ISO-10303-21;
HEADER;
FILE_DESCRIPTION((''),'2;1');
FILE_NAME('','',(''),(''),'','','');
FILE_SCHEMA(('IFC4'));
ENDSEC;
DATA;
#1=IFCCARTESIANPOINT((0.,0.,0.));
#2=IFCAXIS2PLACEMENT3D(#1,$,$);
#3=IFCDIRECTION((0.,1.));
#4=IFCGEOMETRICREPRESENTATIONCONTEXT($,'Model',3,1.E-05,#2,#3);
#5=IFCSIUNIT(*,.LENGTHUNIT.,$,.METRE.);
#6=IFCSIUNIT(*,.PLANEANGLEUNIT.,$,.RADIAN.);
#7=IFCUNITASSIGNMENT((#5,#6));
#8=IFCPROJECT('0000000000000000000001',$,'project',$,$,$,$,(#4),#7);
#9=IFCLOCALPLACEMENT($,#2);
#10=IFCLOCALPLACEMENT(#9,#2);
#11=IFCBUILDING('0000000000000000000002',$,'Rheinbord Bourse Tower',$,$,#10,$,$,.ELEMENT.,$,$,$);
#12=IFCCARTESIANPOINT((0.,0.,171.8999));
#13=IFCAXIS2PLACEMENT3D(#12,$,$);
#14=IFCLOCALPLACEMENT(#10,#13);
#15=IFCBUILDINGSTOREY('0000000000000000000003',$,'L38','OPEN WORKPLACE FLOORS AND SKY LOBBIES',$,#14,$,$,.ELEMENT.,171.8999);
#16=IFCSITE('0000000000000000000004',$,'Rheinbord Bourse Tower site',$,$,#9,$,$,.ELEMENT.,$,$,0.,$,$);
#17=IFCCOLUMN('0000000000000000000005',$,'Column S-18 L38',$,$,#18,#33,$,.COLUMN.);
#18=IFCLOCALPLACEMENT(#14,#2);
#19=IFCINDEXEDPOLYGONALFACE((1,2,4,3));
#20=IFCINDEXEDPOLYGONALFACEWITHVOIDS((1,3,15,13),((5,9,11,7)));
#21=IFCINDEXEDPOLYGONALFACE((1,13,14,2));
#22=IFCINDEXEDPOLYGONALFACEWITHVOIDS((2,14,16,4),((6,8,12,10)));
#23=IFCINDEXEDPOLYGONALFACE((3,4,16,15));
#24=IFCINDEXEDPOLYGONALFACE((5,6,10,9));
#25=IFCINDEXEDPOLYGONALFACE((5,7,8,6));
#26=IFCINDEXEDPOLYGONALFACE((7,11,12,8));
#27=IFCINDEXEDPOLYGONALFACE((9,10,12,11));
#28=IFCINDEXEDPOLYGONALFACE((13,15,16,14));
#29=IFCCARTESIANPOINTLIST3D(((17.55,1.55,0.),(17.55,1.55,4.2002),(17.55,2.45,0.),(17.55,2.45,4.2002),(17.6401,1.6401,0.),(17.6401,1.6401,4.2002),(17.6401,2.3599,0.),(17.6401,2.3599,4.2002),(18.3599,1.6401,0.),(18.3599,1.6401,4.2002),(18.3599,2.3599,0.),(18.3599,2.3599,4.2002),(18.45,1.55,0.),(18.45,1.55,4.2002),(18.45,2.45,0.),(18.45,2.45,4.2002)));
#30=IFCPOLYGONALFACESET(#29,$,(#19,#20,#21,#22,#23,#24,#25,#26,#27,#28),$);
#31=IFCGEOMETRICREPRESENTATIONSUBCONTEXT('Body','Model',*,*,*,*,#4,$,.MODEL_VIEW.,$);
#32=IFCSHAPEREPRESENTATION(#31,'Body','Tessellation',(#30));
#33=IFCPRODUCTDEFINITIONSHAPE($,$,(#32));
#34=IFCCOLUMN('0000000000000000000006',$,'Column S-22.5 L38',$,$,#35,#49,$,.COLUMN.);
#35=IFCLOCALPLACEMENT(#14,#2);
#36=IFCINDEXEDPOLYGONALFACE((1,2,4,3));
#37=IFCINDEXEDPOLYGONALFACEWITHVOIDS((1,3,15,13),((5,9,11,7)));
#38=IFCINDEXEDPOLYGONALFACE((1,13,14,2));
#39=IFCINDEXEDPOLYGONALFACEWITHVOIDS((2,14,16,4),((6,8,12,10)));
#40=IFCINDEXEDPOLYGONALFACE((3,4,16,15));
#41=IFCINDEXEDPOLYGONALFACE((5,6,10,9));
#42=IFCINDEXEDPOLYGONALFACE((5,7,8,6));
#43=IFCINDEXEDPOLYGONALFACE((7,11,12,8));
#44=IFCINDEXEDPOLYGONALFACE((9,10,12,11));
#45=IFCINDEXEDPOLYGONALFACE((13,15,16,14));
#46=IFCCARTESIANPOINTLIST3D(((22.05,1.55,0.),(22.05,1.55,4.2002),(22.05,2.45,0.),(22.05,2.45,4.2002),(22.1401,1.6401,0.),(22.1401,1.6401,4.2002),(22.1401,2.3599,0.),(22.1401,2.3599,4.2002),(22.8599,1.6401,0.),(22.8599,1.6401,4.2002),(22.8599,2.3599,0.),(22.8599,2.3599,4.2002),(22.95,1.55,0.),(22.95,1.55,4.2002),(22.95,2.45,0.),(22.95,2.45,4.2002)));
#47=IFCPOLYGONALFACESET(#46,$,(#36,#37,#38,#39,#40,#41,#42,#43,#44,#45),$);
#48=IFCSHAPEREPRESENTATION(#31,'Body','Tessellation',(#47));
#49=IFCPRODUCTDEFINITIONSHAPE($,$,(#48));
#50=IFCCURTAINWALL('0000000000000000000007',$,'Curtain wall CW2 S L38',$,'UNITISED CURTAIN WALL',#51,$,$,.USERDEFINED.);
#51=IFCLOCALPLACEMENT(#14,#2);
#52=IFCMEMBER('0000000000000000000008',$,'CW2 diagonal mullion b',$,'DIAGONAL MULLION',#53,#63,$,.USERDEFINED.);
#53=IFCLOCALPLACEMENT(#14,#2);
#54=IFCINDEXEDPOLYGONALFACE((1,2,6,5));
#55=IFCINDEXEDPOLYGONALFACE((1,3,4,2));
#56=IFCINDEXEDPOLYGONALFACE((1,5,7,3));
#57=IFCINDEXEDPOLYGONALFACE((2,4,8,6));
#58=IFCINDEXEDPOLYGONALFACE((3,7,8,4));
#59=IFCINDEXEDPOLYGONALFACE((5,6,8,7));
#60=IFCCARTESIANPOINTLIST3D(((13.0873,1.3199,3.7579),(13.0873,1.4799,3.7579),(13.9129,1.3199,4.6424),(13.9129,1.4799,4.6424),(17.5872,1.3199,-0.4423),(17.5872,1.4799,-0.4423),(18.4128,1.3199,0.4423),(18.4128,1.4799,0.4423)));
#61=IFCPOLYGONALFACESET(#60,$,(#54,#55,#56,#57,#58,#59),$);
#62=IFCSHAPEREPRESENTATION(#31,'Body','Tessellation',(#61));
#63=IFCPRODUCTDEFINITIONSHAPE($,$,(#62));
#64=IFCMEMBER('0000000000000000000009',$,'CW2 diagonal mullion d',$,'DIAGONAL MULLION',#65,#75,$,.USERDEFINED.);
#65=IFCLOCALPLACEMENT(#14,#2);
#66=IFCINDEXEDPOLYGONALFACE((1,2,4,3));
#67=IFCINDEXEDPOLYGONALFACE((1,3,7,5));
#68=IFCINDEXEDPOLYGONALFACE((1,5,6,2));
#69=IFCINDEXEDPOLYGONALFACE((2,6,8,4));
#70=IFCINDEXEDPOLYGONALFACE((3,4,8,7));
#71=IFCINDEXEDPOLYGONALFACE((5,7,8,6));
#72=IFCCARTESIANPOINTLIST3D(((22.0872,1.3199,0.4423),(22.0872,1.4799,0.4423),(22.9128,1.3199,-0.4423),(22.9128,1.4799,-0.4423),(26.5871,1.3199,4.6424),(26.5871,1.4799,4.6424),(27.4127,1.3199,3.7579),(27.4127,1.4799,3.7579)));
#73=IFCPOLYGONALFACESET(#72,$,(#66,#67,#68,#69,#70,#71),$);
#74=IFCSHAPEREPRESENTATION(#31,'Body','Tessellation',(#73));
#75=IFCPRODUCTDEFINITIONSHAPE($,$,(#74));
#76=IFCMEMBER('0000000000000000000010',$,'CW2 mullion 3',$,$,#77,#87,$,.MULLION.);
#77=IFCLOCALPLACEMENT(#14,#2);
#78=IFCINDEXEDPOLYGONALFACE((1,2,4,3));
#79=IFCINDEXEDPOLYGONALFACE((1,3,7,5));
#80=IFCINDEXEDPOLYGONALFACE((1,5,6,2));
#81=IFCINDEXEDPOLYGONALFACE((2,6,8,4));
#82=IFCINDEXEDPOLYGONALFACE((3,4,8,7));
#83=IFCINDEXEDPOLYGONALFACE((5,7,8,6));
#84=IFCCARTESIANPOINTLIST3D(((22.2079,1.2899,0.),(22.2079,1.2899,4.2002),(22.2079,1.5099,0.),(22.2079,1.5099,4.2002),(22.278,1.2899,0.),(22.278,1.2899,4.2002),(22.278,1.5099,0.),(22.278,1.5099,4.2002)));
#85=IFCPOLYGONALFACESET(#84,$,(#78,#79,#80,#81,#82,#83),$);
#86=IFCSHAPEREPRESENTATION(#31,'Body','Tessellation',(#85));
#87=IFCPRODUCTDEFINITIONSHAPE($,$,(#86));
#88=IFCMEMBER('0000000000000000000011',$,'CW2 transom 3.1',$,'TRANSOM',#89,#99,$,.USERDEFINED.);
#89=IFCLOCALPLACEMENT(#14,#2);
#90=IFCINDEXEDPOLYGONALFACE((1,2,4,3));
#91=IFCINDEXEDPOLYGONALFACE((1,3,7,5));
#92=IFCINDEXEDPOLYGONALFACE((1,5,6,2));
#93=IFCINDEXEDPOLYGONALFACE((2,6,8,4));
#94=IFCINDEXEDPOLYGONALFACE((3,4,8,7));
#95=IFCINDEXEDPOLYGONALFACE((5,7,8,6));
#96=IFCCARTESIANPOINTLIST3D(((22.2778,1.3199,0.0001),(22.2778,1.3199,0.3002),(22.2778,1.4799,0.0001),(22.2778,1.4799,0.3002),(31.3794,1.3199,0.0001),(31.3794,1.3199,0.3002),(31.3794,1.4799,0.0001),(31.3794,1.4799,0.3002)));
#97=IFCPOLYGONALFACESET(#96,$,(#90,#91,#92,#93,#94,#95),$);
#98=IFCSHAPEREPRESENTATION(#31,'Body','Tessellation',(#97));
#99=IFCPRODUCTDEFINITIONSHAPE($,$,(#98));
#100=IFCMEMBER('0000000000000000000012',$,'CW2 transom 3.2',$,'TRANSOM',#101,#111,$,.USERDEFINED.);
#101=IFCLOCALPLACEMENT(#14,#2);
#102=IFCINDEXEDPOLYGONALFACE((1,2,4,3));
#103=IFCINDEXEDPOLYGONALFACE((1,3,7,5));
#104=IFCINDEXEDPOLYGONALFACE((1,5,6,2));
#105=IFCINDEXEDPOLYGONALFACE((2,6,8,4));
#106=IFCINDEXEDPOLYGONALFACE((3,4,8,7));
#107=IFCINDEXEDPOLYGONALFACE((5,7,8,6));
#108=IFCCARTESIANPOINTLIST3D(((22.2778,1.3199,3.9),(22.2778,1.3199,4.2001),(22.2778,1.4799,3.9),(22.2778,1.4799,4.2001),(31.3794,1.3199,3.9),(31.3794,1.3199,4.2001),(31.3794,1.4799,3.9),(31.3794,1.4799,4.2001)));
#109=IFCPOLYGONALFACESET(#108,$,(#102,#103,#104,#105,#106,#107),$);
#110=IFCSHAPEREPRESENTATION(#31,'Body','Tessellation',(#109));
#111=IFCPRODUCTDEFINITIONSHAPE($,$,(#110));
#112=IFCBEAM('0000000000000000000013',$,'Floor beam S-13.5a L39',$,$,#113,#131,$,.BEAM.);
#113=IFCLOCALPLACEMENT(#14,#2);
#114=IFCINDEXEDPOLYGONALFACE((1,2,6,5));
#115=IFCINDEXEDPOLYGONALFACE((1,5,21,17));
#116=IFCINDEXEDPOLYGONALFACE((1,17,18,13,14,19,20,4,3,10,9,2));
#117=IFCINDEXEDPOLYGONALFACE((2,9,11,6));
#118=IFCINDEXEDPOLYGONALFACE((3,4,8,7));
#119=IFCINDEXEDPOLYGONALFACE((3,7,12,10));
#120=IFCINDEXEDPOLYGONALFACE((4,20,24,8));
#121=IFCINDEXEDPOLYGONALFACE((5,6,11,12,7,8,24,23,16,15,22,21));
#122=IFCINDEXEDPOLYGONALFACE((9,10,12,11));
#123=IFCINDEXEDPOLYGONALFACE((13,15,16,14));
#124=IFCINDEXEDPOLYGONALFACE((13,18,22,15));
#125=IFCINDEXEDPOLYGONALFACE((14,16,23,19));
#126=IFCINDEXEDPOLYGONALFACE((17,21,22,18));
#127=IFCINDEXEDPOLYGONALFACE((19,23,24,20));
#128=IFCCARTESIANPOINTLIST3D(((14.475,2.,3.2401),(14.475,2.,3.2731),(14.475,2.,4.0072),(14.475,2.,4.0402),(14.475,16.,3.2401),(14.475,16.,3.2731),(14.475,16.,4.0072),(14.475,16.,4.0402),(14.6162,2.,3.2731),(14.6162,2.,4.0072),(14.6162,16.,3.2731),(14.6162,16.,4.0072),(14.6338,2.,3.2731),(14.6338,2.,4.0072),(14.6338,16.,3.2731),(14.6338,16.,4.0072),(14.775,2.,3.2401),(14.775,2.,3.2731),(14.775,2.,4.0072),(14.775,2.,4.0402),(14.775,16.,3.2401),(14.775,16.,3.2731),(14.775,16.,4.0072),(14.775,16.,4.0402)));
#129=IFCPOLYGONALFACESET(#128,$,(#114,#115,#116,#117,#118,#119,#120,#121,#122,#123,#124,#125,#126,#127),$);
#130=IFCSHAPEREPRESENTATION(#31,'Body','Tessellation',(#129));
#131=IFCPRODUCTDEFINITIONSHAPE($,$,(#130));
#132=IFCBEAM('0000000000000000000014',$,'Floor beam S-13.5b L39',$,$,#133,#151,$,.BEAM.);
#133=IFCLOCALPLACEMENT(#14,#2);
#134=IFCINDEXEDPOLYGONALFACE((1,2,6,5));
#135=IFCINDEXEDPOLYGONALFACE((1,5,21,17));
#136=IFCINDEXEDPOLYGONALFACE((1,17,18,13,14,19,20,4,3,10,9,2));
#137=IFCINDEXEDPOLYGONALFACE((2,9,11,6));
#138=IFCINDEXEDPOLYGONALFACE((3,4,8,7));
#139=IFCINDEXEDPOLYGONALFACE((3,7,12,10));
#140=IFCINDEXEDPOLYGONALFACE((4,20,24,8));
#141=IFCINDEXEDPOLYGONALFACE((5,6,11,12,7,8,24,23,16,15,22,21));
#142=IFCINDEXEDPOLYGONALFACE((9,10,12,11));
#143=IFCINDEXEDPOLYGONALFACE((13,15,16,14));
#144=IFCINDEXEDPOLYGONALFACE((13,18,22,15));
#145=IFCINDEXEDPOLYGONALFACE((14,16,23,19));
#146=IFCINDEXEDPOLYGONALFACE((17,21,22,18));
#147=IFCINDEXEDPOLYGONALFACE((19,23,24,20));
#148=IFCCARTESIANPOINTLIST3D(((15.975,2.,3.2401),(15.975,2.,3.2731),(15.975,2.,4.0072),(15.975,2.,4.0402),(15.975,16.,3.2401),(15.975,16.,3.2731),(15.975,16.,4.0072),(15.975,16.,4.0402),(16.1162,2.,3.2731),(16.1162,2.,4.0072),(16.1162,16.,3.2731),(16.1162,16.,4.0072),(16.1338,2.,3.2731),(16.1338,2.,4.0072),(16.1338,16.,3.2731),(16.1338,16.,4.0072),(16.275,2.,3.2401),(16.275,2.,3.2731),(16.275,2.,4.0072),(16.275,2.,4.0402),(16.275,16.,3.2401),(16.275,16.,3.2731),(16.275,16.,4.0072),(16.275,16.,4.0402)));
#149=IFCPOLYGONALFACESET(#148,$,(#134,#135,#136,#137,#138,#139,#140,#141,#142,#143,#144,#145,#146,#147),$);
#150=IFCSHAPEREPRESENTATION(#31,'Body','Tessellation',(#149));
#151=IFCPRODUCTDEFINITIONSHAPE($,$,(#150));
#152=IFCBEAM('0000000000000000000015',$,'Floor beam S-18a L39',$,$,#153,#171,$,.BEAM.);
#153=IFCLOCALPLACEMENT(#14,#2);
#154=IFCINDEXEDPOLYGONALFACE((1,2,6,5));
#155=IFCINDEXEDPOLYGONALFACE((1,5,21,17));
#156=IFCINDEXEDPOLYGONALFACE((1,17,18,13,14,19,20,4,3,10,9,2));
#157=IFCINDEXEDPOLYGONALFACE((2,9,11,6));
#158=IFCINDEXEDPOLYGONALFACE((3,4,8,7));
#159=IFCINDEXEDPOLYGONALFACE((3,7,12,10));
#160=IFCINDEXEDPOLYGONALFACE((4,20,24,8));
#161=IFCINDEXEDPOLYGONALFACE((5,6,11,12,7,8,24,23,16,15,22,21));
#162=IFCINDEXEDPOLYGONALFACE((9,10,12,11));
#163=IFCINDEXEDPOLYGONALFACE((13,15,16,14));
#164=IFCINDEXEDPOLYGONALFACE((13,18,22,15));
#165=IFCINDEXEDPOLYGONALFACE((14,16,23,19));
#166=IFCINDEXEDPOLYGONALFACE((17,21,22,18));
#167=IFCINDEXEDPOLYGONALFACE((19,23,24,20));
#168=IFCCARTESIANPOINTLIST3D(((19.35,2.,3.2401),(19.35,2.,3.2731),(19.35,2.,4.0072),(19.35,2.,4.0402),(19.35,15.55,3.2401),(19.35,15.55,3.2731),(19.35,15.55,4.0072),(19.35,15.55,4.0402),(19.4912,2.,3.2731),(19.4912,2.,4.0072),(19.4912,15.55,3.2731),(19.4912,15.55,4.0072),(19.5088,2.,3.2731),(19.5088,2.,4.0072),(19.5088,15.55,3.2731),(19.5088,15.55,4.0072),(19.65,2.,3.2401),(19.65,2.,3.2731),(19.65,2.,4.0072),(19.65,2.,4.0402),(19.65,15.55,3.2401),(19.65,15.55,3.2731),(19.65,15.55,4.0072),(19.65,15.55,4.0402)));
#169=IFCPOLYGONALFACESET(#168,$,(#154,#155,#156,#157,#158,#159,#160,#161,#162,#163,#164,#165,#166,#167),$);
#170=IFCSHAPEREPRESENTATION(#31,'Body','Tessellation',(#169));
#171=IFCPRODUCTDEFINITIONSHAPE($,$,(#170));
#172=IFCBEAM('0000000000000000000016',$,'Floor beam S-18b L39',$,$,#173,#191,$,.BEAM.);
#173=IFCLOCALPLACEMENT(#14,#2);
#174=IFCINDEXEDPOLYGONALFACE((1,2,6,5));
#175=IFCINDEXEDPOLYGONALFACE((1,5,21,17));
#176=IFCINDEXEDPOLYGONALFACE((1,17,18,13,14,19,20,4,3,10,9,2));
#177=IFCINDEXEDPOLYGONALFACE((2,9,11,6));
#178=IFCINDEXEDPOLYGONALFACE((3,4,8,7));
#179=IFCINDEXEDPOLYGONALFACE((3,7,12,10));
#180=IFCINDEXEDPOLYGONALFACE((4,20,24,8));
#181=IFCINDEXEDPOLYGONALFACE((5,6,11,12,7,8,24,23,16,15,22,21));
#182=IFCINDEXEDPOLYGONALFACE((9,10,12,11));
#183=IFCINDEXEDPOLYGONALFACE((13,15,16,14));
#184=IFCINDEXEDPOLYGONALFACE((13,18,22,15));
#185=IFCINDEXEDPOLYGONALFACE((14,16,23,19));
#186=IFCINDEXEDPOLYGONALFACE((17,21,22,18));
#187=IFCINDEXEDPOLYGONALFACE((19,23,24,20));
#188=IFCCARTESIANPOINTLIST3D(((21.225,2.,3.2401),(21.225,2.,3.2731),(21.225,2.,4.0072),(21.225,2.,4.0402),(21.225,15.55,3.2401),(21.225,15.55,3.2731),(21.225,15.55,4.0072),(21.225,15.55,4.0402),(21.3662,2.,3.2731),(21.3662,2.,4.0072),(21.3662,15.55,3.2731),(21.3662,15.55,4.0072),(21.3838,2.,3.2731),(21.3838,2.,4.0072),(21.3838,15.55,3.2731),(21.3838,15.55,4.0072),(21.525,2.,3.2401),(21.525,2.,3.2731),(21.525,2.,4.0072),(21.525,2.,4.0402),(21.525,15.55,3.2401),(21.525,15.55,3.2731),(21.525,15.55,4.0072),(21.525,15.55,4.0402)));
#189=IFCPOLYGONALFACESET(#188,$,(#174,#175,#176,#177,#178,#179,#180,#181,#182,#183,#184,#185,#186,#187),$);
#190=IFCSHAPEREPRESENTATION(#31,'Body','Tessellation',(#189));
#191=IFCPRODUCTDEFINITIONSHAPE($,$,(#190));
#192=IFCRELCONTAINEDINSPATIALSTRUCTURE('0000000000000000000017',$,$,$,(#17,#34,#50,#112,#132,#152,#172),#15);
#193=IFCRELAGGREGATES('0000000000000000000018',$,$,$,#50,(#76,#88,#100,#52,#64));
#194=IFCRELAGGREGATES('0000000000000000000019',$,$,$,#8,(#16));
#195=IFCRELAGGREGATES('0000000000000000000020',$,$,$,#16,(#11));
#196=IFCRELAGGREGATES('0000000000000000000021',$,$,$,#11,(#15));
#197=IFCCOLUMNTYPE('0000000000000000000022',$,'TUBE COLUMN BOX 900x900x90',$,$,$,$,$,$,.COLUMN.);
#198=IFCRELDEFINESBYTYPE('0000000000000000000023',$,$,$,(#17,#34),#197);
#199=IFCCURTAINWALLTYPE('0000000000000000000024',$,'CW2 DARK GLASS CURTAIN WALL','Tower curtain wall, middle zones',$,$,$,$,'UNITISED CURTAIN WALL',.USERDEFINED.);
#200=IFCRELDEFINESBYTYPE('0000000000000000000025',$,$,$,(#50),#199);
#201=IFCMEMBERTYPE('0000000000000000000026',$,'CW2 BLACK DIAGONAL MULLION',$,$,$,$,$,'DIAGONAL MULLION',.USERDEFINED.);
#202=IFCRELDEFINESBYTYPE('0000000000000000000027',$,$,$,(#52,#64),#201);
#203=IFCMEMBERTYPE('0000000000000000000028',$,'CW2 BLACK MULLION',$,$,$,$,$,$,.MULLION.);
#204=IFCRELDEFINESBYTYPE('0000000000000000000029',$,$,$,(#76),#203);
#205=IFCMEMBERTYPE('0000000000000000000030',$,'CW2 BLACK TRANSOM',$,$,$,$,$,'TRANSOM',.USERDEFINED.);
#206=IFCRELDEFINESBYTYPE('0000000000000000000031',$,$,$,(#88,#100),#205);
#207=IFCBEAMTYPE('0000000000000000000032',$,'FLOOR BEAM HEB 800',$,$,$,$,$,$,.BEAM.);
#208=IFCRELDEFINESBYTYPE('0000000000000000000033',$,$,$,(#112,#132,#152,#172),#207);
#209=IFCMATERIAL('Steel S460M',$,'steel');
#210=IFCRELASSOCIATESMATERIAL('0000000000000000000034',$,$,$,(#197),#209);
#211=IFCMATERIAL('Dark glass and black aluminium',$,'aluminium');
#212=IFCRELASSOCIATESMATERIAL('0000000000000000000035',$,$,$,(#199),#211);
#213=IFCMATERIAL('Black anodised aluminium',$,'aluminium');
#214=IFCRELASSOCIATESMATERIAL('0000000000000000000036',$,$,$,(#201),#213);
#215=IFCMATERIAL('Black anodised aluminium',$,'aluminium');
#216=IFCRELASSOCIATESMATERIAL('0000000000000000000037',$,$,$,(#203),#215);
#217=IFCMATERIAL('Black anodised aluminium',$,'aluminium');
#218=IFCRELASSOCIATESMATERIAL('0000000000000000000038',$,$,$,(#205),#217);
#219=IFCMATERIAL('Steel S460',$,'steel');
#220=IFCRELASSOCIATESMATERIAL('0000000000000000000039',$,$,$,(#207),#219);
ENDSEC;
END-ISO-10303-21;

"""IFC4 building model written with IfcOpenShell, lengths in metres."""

from ifc_helpers import new_model, si_unit, direction, frame, origin, origin_2d, place, context, subcontext, project, spatial, rectangle, hollow_rectangle, i_section, extrude, material, material_profile, profile_set, type_object, element, aggregate, save


model = new_model("IFC4")

# Units and contexts
model_context = context("Model", 3, precision=1e-05, world=origin(), true_north=direction((0.0, 1.0)))
body_context = subcontext(model_context, "Body", "Model", "MODEL_VIEW")
ifc_project = project(units=[si_unit("LENGTHUNIT", "METRE"), si_unit("PLANEANGLEUNIT", "RADIAN")], contexts=[model_context])

# Site, building, storey
site_placement = place(None, origin())
site = spatial("IfcSite", under=ifc_project, at=site_placement, Name="Rheinbord Bourse Tower site", CompositionType="ELEMENT", RefElevation=0.0)
building_placement = place(site_placement, origin())
building = spatial("IfcBuilding", under=site, at=building_placement, Name="Rheinbord Bourse Tower", CompositionType="ELEMENT")
storey_placement = place(building_placement, frame((0.0, 0.0, 171.8999)))
storey = spatial("IfcBuildingStorey", under=building, at=storey_placement, Name="L38", Description="OPEN WORKPLACE FLOORS AND SKY LOBBIES", CompositionType="ELEMENT", Elevation=171.8999)

# Columns
ifc_material_1 = material(Name="Steel S460M", Category="steel")
ifc_material_profile_1 = material_profile(ifc_material_1, hollow_rectangle(XDim=0.8999, YDim=0.8999, WallThickness=0.0901, at=origin_2d()), Name="BOX 900x900x90")
ifc_profile_set_1 = profile_set([ifc_material_profile_1], Name="Steel S460M")
column_type = type_object("IfcColumnType", Name="TUBE COLUMN BOX 900x900x90", PredefinedType="COLUMN", material=ifc_profile_set_1)
for number, where, z_axis, x_axis, name in (
    (1, (18.0, 2.0, 0.0), (0.0, 0.0, 1.0), (0.0, 1.0, 0.0), "Column S-18 L38"),
    (2, (22.5, 2.0, 0.0), (0.0, 0.0, 1.0), (0.0, 1.0, 0.0), "Column S-22.5 L38"),
):
    element("IfcColumn", number, at=place(storey_placement, frame(where, z_axis=z_axis, x_axis=x_axis)), inside=storey, type_object=column_type, Name=name, PredefinedType="COLUMN", context=body_context, shape_type="SweptSolid", body=[
        extrude(hollow_rectangle(XDim=0.8999, YDim=0.8999, WallThickness=0.0901, at=origin_2d()), origin(), (0.0, 0.0, 1.0), 4.2002),
    ])

# Curtain wall, members
ifc_material_2 = material(Name="Dark glass and black aluminium", Category="aluminium")
curtain_wall_type = type_object("IfcCurtainWallType", Name="CW2 DARK GLASS CURTAIN WALL", Description="Tower curtain wall, middle zones", ElementType="UNITISED CURTAIN WALL", PredefinedType="USERDEFINED", material=ifc_material_2)
curtain_wall_placement = place(storey_placement, origin())
curtain_wall = element("IfcCurtainWall", 3, at=curtain_wall_placement, inside=storey, type_object=curtain_wall_type, Name="Curtain wall CW2 S L38", ObjectType="UNITISED CURTAIN WALL", PredefinedType="USERDEFINED")
ifc_material_3 = material(Name="Black anodised aluminium", Category="aluminium")
ifc_material_profile_2 = material_profile(ifc_material_3, rectangle(XDim=0.1599, YDim=1.21, at=origin_2d()), Name="CW2 DIAGONAL MULLION 1210x160")
ifc_profile_set_2 = profile_set([ifc_material_profile_2], Name="Black anodised aluminium")
member_type_1 = type_object("IfcMemberType", Name="CW2 BLACK DIAGONAL MULLION", ElementType="DIAGONAL MULLION", PredefinedType="USERDEFINED", material=ifc_profile_set_2)
member_1_placement = place(storey_placement, frame((18.0, 1.3999, 0.0), z_axis=(-0.731039, 0.0, 0.682335), x_axis=(0.0, -1.0, 0.0)))
member_1 = element("IfcMember", 4, at=member_1_placement, type_object=member_type_1, Name="CW2 diagonal mullion b", ObjectType="DIAGONAL MULLION", PredefinedType="USERDEFINED", context=body_context, shape_type="SweptSolid", body=[
    extrude(rectangle(XDim=0.1599, YDim=1.21, at=origin_2d()), origin(), (0.0, 0.0, 1.0), 6.1555),
])
member_2_placement = place(storey_placement, frame((22.5, 1.3999, 0.0), z_axis=(0.731039, 0.0, 0.682335), x_axis=(0.0, 1.0, 0.0)))
member_2 = element("IfcMember", 5, at=member_2_placement, type_object=member_type_1, Name="CW2 diagonal mullion d", ObjectType="DIAGONAL MULLION", PredefinedType="USERDEFINED", context=body_context, shape_type="SweptSolid", body=[
    extrude(rectangle(XDim=0.1599, YDim=1.21, at=origin_2d()), origin(), (0.0, 0.0, 1.0), 6.1555),
])
ifc_material_4 = material(Name="Black anodised aluminium", Category="aluminium")
ifc_material_profile_3 = material_profile(ifc_material_4, rectangle(XDim=0.22, YDim=0.0701, at=origin_2d()), Name="CW2 MULLION 70x220")
ifc_profile_set_3 = profile_set([ifc_material_profile_3], Name="Black anodised aluminium")
member_type_2 = type_object("IfcMemberType", Name="CW2 BLACK MULLION", PredefinedType="MULLION", material=ifc_profile_set_3)
member_3_placement = place(storey_placement, frame((22.2429, 1.3999, 0.0), z_axis=(0.0, 0.0, 1.0), x_axis=(0.0, 1.0, 0.0)))
member_3 = element("IfcMember", 6, at=member_3_placement, type_object=member_type_2, Name="CW2 mullion 3", PredefinedType="MULLION", context=body_context, shape_type="SweptSolid", body=[
    extrude(rectangle(XDim=0.22, YDim=0.0701, at=origin_2d()), origin(), (0.0, 0.0, 1.0), 4.2002),
])
ifc_material_5 = material(Name="Black anodised aluminium", Category="aluminium")
ifc_material_profile_4 = material_profile(ifc_material_5, rectangle(XDim=0.1599, YDim=0.3, at=origin_2d()), Name="CW2 TRANSOM 300x160")
ifc_profile_set_4 = profile_set([ifc_material_profile_4], Name="Black anodised aluminium")
member_type_3 = type_object("IfcMemberType", Name="CW2 BLACK TRANSOM", ElementType="TRANSOM", PredefinedType="USERDEFINED", material=ifc_profile_set_4)
member_4_placement = place(storey_placement, frame((22.2778, 1.3999, 0.1501), z_axis=(1.0, 0.0, 0.0), x_axis=(0.0, 1.0, 0.0)))
member_4 = element("IfcMember", 7, at=member_4_placement, type_object=member_type_3, Name="CW2 transom 3.1", ObjectType="TRANSOM", PredefinedType="USERDEFINED", context=body_context, shape_type="SweptSolid", body=[
    extrude(rectangle(XDim=0.1599, YDim=0.3, at=origin_2d()), origin(), (0.0, 0.0, 1.0), 9.1016),
])
member_5_placement = place(storey_placement, frame((22.2778, 1.3999, 4.05), z_axis=(1.0, 0.0, 0.0), x_axis=(0.0, 1.0, 0.0)))
member_5 = element("IfcMember", 8, at=member_5_placement, type_object=member_type_3, Name="CW2 transom 3.2", ObjectType="TRANSOM", PredefinedType="USERDEFINED", context=body_context, shape_type="SweptSolid", body=[
    extrude(rectangle(XDim=0.1599, YDim=0.3, at=origin_2d()), origin(), (0.0, 0.0, 1.0), 9.1016),
])

# Beams
ifc_material_6 = material(Name="Steel S460", Category="steel")
ifc_material_profile_5 = material_profile(ifc_material_6, i_section(OverallWidth=0.3, OverallDepth=0.8, WebThickness=0.0176, FlangeThickness=0.033, at=origin_2d()), Name="HEB 800")
ifc_profile_set_5 = profile_set([ifc_material_profile_5], Name="Steel S460")
beam_type_1 = type_object("IfcBeamType", Name="FLOOR BEAM HEB 800", PredefinedType="BEAM", material=ifc_profile_set_5)
for number, where, z_axis, x_axis, name in (
    (9, (14.625, 2.0, 3.6401), (0.0, 1.0, 0.0), (-1.0, 0.0, 0.0), "Floor beam S-13.5a L39"),
    (10, (16.125, 2.0, 3.6401), (0.0, 1.0, 0.0), (-1.0, 0.0, 0.0), "Floor beam S-13.5b L39"),
):
    element("IfcBeam", number, at=place(storey_placement, frame(where, z_axis=z_axis, x_axis=x_axis)), inside=storey, type_object=beam_type_1, Name=name, PredefinedType="BEAM", context=body_context, shape_type="SweptSolid", body=[
        extrude(i_section(OverallWidth=0.3, OverallDepth=0.8, WebThickness=0.0176, FlangeThickness=0.033, at=origin_2d()), origin(), (0.0, 0.0, 1.0), 14.0),
    ])
for number, where, z_axis, x_axis, name in (
    (11, (19.5, 2.0, 3.6401), (0.0, 1.0, 0.0), (-1.0, 0.0, 0.0), "Floor beam S-18a L39"),
    (12, (21.375, 2.0, 3.6401), (0.0, 1.0, 0.0), (-1.0, 0.0, 0.0), "Floor beam S-18b L39"),
):
    element("IfcBeam", number, at=place(storey_placement, frame(where, z_axis=z_axis, x_axis=x_axis)), inside=storey, type_object=beam_type_1, Name=name, PredefinedType="BEAM", context=body_context, shape_type="SweptSolid", body=[
        extrude(i_section(OverallWidth=0.3, OverallDepth=0.8, WebThickness=0.0176, FlangeThickness=0.033, at=origin_2d()), origin(), (0.0, 0.0, 1.0), 13.55),
    ])

aggregate(curtain_wall, [member_3, member_4, member_5, member_1, member_2])

save(model, "model.ifc")
